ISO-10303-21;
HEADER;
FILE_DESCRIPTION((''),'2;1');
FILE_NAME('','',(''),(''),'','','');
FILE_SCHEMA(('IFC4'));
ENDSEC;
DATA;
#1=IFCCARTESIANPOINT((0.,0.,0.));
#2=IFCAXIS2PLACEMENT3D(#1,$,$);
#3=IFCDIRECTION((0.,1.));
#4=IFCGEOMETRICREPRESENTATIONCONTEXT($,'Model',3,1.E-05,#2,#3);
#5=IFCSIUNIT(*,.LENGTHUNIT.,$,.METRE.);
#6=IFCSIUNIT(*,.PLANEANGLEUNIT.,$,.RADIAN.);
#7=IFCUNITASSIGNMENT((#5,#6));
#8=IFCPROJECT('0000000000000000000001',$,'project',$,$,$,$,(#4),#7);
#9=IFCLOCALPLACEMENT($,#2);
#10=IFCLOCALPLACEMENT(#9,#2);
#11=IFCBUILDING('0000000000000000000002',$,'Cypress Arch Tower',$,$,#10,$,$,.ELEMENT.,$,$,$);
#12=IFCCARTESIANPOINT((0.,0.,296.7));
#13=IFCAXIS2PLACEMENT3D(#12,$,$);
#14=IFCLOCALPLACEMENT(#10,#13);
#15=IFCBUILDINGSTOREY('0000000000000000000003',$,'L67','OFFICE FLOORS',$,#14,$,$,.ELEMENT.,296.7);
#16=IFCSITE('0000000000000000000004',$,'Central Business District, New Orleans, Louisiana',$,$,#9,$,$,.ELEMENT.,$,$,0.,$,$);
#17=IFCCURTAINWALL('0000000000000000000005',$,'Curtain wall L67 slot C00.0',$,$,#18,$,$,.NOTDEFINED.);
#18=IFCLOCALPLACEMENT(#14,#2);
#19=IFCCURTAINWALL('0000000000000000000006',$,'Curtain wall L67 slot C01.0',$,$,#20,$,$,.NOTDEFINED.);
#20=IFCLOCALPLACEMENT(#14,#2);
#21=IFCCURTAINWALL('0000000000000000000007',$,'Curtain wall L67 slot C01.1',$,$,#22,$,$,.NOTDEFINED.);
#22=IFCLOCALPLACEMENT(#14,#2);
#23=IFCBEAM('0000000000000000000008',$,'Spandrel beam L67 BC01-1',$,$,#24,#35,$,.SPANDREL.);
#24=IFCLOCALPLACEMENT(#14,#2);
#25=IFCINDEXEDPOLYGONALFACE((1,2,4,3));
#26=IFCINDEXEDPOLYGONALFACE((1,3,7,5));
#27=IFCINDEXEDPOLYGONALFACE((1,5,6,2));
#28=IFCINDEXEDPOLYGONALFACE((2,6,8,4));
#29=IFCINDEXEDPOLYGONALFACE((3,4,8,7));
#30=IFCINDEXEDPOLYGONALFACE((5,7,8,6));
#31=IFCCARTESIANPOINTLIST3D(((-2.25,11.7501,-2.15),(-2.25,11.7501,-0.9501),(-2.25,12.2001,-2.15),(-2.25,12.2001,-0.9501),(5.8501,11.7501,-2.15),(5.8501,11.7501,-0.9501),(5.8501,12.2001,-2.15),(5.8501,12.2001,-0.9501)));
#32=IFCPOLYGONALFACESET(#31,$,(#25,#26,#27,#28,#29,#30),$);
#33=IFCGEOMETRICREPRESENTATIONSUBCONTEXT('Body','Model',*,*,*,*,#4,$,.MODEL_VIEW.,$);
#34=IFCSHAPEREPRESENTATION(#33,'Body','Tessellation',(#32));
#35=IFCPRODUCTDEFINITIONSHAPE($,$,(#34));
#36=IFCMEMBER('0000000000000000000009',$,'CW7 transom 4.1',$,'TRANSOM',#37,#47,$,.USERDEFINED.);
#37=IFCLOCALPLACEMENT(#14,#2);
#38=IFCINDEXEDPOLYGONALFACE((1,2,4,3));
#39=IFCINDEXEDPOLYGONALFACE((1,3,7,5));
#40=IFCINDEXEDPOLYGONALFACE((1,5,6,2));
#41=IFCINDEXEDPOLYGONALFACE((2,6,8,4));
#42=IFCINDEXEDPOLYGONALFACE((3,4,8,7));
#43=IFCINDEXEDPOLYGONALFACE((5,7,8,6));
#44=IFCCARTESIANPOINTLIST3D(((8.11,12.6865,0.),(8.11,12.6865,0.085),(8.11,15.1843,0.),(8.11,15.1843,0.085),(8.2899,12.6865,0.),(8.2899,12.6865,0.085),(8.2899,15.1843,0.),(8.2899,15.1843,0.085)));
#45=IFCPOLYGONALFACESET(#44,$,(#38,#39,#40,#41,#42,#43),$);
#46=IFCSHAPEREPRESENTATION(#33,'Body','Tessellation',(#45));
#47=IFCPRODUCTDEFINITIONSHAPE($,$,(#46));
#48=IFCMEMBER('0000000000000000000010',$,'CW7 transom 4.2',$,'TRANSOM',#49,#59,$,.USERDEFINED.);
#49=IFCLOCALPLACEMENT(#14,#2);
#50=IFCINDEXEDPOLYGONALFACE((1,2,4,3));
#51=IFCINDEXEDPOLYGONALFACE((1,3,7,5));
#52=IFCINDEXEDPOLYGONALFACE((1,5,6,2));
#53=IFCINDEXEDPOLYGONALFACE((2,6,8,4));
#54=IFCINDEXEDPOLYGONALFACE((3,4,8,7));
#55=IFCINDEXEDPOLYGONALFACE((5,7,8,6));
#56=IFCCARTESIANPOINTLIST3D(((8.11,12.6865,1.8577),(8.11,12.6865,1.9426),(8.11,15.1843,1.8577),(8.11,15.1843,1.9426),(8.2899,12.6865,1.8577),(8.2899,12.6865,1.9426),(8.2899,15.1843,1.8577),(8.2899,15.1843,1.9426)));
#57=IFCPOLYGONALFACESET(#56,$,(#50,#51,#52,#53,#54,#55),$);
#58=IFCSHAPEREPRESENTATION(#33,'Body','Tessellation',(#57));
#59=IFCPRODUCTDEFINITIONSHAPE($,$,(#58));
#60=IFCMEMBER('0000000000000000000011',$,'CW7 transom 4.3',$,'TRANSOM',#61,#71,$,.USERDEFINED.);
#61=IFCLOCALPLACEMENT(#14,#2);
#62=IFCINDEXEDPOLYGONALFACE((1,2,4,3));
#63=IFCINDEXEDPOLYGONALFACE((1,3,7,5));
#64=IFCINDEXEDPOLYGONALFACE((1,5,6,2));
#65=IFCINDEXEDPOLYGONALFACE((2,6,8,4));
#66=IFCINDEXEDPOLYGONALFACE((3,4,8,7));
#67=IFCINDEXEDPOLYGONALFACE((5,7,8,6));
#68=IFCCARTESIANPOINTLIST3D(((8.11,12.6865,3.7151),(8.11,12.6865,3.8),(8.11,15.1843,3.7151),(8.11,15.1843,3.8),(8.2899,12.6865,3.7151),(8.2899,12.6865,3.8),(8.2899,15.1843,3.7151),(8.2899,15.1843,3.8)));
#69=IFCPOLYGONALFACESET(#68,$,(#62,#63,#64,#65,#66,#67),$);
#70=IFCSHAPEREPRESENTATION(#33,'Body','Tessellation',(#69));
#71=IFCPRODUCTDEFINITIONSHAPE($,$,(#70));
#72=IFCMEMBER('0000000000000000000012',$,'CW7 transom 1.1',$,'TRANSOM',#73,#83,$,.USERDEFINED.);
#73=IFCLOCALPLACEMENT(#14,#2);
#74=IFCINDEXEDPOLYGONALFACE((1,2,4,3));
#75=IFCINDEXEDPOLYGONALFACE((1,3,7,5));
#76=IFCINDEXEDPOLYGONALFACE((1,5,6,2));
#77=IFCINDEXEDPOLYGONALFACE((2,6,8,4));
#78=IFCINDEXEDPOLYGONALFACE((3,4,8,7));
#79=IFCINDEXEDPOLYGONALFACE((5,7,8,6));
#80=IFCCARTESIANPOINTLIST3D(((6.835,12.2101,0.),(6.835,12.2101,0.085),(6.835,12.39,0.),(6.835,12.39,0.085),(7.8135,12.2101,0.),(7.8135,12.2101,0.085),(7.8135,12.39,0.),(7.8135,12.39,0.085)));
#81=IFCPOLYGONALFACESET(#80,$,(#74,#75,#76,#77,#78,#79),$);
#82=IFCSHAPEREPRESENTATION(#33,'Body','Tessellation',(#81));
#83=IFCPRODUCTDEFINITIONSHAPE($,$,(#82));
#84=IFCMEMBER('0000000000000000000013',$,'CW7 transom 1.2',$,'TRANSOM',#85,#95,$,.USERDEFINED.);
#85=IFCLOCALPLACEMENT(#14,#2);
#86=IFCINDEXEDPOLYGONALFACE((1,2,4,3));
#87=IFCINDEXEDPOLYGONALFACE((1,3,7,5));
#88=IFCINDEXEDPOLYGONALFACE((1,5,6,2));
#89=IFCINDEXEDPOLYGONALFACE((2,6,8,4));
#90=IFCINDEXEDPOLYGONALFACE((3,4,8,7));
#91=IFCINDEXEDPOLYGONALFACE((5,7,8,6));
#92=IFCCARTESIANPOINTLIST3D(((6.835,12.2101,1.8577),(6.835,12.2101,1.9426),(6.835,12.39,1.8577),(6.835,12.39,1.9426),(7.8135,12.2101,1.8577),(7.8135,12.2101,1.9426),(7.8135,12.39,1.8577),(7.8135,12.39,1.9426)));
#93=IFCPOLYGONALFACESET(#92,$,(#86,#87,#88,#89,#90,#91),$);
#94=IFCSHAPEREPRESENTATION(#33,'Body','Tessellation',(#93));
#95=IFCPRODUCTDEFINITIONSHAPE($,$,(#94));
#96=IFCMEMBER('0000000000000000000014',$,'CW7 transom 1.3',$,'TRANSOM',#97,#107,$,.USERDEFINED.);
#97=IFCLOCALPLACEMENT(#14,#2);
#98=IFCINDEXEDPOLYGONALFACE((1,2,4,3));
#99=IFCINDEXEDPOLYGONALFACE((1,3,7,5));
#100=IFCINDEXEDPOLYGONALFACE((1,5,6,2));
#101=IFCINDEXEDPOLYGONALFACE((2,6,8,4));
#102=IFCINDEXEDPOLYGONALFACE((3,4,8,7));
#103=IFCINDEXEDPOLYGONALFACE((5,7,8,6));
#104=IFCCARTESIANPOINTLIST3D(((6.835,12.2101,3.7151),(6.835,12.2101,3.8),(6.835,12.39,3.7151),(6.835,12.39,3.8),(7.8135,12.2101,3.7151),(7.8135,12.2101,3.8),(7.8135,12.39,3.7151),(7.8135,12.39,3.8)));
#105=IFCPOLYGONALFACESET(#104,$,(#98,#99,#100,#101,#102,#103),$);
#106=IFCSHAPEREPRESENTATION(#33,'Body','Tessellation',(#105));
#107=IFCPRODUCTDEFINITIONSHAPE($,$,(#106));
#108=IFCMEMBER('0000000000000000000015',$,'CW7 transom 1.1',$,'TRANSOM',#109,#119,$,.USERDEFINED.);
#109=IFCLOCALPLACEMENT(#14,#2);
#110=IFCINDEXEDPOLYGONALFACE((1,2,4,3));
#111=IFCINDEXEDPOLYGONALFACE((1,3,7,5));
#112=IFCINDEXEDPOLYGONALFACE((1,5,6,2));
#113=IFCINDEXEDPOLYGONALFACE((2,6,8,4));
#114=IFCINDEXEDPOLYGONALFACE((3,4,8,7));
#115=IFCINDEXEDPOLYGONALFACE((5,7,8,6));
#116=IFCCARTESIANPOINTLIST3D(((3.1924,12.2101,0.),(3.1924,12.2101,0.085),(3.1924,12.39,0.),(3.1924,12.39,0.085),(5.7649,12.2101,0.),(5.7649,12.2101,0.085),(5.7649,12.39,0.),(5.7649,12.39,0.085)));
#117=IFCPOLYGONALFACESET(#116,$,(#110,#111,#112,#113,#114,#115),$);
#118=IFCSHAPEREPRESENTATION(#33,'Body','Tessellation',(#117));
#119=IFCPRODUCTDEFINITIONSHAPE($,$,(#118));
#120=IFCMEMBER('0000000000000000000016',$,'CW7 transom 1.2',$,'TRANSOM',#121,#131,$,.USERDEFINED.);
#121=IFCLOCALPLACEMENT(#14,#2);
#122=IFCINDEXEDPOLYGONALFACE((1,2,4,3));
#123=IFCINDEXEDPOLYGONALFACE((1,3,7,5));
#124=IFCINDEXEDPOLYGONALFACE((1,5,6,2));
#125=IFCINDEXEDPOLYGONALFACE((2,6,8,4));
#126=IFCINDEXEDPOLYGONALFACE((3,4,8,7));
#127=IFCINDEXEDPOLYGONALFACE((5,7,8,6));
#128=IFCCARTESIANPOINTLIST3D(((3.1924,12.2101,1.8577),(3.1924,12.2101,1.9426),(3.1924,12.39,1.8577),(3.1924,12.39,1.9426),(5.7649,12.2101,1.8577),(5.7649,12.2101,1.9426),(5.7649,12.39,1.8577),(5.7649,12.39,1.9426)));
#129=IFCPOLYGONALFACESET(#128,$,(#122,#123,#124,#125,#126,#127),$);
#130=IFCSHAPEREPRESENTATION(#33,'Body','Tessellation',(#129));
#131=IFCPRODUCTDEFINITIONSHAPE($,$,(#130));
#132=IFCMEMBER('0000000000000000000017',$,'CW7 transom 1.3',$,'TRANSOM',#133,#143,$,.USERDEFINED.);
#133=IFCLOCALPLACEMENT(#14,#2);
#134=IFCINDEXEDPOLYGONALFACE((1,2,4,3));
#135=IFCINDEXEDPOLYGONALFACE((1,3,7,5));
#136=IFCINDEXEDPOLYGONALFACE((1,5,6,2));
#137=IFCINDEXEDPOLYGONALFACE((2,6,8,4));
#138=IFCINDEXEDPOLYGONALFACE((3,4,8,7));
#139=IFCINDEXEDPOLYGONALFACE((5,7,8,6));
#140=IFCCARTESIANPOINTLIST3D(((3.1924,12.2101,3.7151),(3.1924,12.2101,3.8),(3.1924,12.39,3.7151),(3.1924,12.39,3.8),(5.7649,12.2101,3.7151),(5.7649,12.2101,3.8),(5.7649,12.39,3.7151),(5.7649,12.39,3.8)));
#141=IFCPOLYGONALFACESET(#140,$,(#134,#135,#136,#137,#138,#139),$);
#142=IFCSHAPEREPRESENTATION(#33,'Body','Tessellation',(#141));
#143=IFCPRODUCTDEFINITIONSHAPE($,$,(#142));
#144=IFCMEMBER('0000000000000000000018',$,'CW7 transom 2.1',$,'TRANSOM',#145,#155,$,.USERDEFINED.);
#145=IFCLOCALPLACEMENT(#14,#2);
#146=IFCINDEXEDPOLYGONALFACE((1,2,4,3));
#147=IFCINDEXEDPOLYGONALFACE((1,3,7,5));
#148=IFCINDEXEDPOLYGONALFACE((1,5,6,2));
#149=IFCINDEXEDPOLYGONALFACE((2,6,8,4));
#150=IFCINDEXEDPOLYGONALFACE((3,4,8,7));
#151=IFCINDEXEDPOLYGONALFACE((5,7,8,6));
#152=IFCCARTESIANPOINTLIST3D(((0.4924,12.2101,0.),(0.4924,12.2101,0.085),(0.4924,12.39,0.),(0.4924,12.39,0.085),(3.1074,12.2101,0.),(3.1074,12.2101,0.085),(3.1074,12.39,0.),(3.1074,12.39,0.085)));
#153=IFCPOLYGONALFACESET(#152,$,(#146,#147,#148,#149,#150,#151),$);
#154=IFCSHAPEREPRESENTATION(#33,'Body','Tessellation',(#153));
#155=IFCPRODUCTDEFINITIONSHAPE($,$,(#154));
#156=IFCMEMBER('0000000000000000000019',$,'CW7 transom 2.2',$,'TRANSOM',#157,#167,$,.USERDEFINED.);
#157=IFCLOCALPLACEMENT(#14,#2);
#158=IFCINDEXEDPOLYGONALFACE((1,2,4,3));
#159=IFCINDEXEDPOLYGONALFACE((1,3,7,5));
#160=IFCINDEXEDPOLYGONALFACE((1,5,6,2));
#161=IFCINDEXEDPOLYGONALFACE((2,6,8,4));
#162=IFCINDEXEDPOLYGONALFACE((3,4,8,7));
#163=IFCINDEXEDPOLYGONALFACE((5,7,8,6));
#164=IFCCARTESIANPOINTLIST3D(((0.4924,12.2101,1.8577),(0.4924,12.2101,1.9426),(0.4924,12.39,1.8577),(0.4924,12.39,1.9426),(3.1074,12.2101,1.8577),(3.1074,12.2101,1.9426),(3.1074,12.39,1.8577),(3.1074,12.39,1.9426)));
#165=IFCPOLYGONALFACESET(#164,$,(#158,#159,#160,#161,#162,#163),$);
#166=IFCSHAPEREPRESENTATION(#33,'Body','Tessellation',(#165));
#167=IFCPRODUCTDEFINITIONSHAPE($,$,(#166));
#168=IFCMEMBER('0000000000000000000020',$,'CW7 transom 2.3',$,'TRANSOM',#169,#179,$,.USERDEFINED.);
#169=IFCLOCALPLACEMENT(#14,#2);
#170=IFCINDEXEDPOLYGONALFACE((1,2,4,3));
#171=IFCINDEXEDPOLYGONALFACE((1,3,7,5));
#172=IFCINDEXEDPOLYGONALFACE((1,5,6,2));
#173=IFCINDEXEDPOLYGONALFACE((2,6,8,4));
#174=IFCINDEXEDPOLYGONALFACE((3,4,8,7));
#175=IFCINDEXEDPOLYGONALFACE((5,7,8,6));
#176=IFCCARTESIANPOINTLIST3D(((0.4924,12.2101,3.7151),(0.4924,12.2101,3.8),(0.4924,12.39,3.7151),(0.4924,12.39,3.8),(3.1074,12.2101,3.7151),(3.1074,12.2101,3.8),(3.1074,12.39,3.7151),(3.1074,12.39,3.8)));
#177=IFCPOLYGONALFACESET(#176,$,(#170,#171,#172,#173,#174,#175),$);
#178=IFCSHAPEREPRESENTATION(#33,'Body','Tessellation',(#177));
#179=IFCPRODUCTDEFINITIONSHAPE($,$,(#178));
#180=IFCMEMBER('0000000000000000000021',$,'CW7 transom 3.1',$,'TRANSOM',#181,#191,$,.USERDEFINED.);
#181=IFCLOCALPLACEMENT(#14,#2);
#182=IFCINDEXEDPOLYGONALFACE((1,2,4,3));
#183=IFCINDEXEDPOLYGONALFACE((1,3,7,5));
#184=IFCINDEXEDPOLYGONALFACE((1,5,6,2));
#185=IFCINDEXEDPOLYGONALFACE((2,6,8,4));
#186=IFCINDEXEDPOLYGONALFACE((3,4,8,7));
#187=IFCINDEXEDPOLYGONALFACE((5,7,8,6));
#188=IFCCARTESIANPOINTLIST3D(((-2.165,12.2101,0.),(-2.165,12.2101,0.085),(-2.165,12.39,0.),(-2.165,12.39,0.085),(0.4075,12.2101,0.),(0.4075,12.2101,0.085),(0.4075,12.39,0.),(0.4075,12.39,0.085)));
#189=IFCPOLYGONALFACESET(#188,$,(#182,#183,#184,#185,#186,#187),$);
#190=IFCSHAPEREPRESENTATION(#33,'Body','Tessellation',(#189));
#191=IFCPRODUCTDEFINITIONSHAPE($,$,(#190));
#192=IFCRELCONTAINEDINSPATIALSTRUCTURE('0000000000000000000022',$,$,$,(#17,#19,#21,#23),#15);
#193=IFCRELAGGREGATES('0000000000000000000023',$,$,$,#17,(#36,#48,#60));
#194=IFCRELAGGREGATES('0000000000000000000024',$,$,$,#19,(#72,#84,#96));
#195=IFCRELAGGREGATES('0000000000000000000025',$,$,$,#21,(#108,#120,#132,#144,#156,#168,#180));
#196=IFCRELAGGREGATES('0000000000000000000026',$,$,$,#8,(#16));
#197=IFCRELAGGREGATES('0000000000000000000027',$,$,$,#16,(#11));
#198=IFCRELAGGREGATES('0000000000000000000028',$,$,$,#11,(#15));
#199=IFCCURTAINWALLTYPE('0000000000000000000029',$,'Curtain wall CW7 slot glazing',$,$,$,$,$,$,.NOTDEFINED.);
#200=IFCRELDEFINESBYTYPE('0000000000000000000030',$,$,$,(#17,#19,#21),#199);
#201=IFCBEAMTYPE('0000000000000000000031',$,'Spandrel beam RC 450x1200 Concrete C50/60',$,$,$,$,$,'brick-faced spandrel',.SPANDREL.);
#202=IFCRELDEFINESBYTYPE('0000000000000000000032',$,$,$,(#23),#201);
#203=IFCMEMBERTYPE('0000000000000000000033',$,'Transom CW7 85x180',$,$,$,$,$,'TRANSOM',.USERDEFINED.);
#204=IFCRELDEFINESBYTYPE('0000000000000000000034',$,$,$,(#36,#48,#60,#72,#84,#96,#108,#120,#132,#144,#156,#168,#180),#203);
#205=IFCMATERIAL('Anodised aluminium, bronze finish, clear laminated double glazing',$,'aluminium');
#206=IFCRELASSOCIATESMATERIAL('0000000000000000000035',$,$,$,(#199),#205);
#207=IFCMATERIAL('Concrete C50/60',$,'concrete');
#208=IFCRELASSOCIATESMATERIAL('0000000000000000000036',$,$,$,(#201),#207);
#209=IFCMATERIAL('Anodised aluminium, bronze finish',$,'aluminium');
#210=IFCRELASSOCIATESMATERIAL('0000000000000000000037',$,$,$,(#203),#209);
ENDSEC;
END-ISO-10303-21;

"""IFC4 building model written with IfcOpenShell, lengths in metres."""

from ifc_helpers import new_model, si_unit, direction, frame, origin, origin_2d, place, context, subcontext, project, spatial, rectangle, extrude, material, material_profile, profile_set, type_object, element, aggregate, save


model = new_model("IFC4")

# Units and contexts
model_context = context("Model", 3, precision=1e-05, world=origin(), true_north=direction((0.0, 1.0)))
body_context = subcontext(model_context, "Body", "Model", "MODEL_VIEW")
ifc_project = project(units=[si_unit("LENGTHUNIT", "METRE"), si_unit("PLANEANGLEUNIT", "RADIAN")], contexts=[model_context])

# Site, building, storey
site_placement = place(None, origin())
site = spatial("IfcSite", under=ifc_project, at=site_placement, Name="Central Business District, New Orleans, Louisiana", CompositionType="ELEMENT", RefElevation=0.0)
building_placement = place(site_placement, origin())
building = spatial("IfcBuilding", under=site, at=building_placement, Name="Cypress Arch Tower", CompositionType="ELEMENT")
storey_placement = place(building_placement, frame((0.0, 0.0, 296.7)))
storey = spatial("IfcBuildingStorey", under=building, at=storey_placement, Name="L67", Description="OFFICE FLOORS", CompositionType="ELEMENT", Elevation=296.7)

# Curtain walls
ifc_material_1 = material(Name="Anodised aluminium, bronze finish, clear laminated double glazing", Category="aluminium")
curtain_wall_type = type_object("IfcCurtainWallType", Name="Curtain wall CW7 slot glazing", PredefinedType="NOTDEFINED", material=ifc_material_1)
curtain_wall_1_placement = place(storey_placement, origin())
curtain_wall_1 = element("IfcCurtainWall", 1, at=curtain_wall_1_placement, inside=storey, type_object=curtain_wall_type, Name="Curtain wall L67 slot C00.0", PredefinedType="NOTDEFINED")
curtain_wall_2_placement = place(storey_placement, origin())
curtain_wall_2 = element("IfcCurtainWall", 2, at=curtain_wall_2_placement, inside=storey, type_object=curtain_wall_type, Name="Curtain wall L67 slot C01.0", PredefinedType="NOTDEFINED")
curtain_wall_3_placement = place(storey_placement, origin())
curtain_wall_3 = element("IfcCurtainWall", 3, at=curtain_wall_3_placement, inside=storey, type_object=curtain_wall_type, Name="Curtain wall L67 slot C01.1", PredefinedType="NOTDEFINED")

# Beam
ifc_material_2 = material(Name="Concrete C50/60", Category="concrete")
ifc_material_profile_1 = material_profile(ifc_material_2, rectangle(XDim=0.45, YDim=1.2, at=origin_2d()), Name="RC 450x1200")
ifc_profile_set_1 = profile_set([ifc_material_profile_1], Name="Concrete C50/60")
beam_type_1 = type_object("IfcBeamType", Name="Spandrel beam RC 450x1200 Concrete C50/60", ElementType="brick-faced spandrel", PredefinedType="SPANDREL", material=ifc_profile_set_1)
beam_1_placement = place(storey_placement, frame((5.8501, 11.9751, -1.55), z_axis=(-1.0, 0.0, 0.0), x_axis=(0.0, -1.0, 0.0)))
element("IfcBeam", 4, at=beam_1_placement, inside=storey, type_object=beam_type_1, Name="Spandrel beam L67 BC01-1", PredefinedType="SPANDREL", context=body_context, shape_type="SweptSolid", body=[
    extrude(rectangle(XDim=0.45, YDim=1.2, at=origin_2d()), origin(), (0.0, 0.0, 1.0), 8.1001),
])

# Members
ifc_material_3 = material(Name="Anodised aluminium, bronze finish", Category="aluminium")
ifc_material_profile_2 = material_profile(ifc_material_3, rectangle(XDim=0.1799, YDim=0.085, at=origin_2d()), Name="Transom 85x180")
ifc_profile_set_2 = profile_set([ifc_material_profile_2], Name="Anodised aluminium, bronze finish")
member_type_1 = type_object("IfcMemberType", Name="Transom CW7 85x180", ElementType="TRANSOM", PredefinedType="USERDEFINED", material=ifc_profile_set_2)
member_1_placement = place(storey_placement, frame((8.2, 15.1843, 0.0425), z_axis=(0.0, -1.0, 0.0), x_axis=(1.0, 0.0, 0.0)))
member_1 = element("IfcMember", 5, at=member_1_placement, type_object=member_type_1, Name="CW7 transom 4.1", ObjectType="TRANSOM", PredefinedType="USERDEFINED", context=body_context, shape_type="SweptSolid", body=[
    extrude(rectangle(XDim=0.1799, YDim=0.085, at=origin_2d()), origin(), (0.0, 0.0, 1.0), 2.4978),
])
member_2_placement = place(storey_placement, frame((8.2, 15.1843, 1.9001), z_axis=(0.0, -1.0, 0.0), x_axis=(1.0, 0.0, 0.0)))
member_2 = element("IfcMember", 6, at=member_2_placement, type_object=member_type_1, Name="CW7 transom 4.2", ObjectType="TRANSOM", PredefinedType="USERDEFINED", context=body_context, shape_type="SweptSolid", body=[
    extrude(rectangle(XDim=0.1799, YDim=0.085, at=origin_2d()), origin(), (0.0, 0.0, 1.0), 2.4978),
])
member_3_placement = place(storey_placement, frame((8.2, 15.1843, 3.7576), z_axis=(0.0, -1.0, 0.0), x_axis=(1.0, 0.0, 0.0)))
member_3 = element("IfcMember", 7, at=member_3_placement, type_object=member_type_1, Name="CW7 transom 4.3", ObjectType="TRANSOM", PredefinedType="USERDEFINED", context=body_context, shape_type="SweptSolid", body=[
    extrude(rectangle(XDim=0.1799, YDim=0.085, at=origin_2d()), origin(), (0.0, 0.0, 1.0), 2.4978),
])
member_4_placement = place(storey_placement, frame((7.8135, 12.3, 0.0425), z_axis=(-1.0, 0.0, 0.0), x_axis=(0.0, -1.0, 0.0)))
member_4 = element("IfcMember", 8, at=member_4_placement, type_object=member_type_1, Name="CW7 transom 1.1", ObjectType="TRANSOM", PredefinedType="USERDEFINED", context=body_context, shape_type="SweptSolid", body=[
    extrude(rectangle(XDim=0.1799, YDim=0.085, at=origin_2d()), origin(), (0.0, 0.0, 1.0), 0.9785),
])
member_5_placement = place(storey_placement, frame((7.8135, 12.3, 1.9001), z_axis=(-1.0, 0.0, 0.0), x_axis=(0.0, -1.0, 0.0)))
member_5 = element("IfcMember", 9, at=member_5_placement, type_object=member_type_1, Name="CW7 transom 1.2", ObjectType="TRANSOM", PredefinedType="USERDEFINED", context=body_context, shape_type="SweptSolid", body=[
    extrude(rectangle(XDim=0.1799, YDim=0.085, at=origin_2d()), origin(), (0.0, 0.0, 1.0), 0.9785),
])
member_6_placement = place(storey_placement, frame((7.8135, 12.3, 3.7576), z_axis=(-1.0, 0.0, 0.0), x_axis=(0.0, -1.0, 0.0)))
member_6 = element("IfcMember", 10, at=member_6_placement, type_object=member_type_1, Name="CW7 transom 1.3", ObjectType="TRANSOM", PredefinedType="USERDEFINED", context=body_context, shape_type="SweptSolid", body=[
    extrude(rectangle(XDim=0.1799, YDim=0.085, at=origin_2d()), origin(), (0.0, 0.0, 1.0), 0.9785),
])
member_7_placement = place(storey_placement, frame((5.7649, 12.3, 0.0425), z_axis=(-1.0, 0.0, 0.0), x_axis=(0.0, -1.0, 0.0)))
member_7 = element("IfcMember", 11, at=member_7_placement, type_object=member_type_1, Name="CW7 transom 1.1", ObjectType="TRANSOM", PredefinedType="USERDEFINED", context=body_context, shape_type="SweptSolid", body=[
    extrude(rectangle(XDim=0.1799, YDim=0.085, at=origin_2d()), origin(), (0.0, 0.0, 1.0), 2.5725),
])
member_8_placement = place(storey_placement, frame((5.7649, 12.3, 1.9001), z_axis=(-1.0, 0.0, 0.0), x_axis=(0.0, -1.0, 0.0)))
member_8 = element("IfcMember", 12, at=member_8_placement, type_object=member_type_1, Name="CW7 transom 1.2", ObjectType="TRANSOM", PredefinedType="USERDEFINED", context=body_context, shape_type="SweptSolid", body=[
    extrude(rectangle(XDim=0.1799, YDim=0.085, at=origin_2d()), origin(), (0.0, 0.0, 1.0), 2.5725),
])
member_9_placement = place(storey_placement, frame((5.7649, 12.3, 3.7576), z_axis=(-1.0, 0.0, 0.0), x_axis=(0.0, -1.0, 0.0)))
member_9 = element("IfcMember", 13, at=member_9_placement, type_object=member_type_1, Name="CW7 transom 1.3", ObjectType="TRANSOM", PredefinedType="USERDEFINED", context=body_context, shape_type="SweptSolid", body=[
    extrude(rectangle(XDim=0.1799, YDim=0.085, at=origin_2d()), origin(), (0.0, 0.0, 1.0), 2.5725),
])
member_10_placement = place(storey_placement, frame((3.1074, 12.3, 0.0425), z_axis=(-1.0, 0.0, 0.0), x_axis=(0.0, -1.0, 0.0)))
member_10 = element("IfcMember", 14, at=member_10_placement, type_object=member_type_1, Name="CW7 transom 2.1", ObjectType="TRANSOM", PredefinedType="USERDEFINED", context=body_context, shape_type="SweptSolid", body=[
    extrude(rectangle(XDim=0.1799, YDim=0.085, at=origin_2d()), origin(), (0.0, 0.0, 1.0), 2.615),
])
member_11_placement = place(storey_placement, frame((3.1074, 12.3, 1.9001), z_axis=(-1.0, 0.0, 0.0), x_axis=(0.0, -1.0, 0.0)))
member_11 = element("IfcMember", 15, at=member_11_placement, type_object=member_type_1, Name="CW7 transom 2.2", ObjectType="TRANSOM", PredefinedType="USERDEFINED", context=body_context, shape_type="SweptSolid", body=[
    extrude(rectangle(XDim=0.1799, YDim=0.085, at=origin_2d()), origin(), (0.0, 0.0, 1.0), 2.615),
])
member_12_placement = place(storey_placement, frame((3.1074, 12.3, 3.7576), z_axis=(-1.0, 0.0, 0.0), x_axis=(0.0, -1.0, 0.0)))
member_12 = element("IfcMember", 16, at=member_12_placement, type_object=member_type_1, Name="CW7 transom 2.3", ObjectType="TRANSOM", PredefinedType="USERDEFINED", context=body_context, shape_type="SweptSolid", body=[
    extrude(rectangle(XDim=0.1799, YDim=0.085, at=origin_2d()), origin(), (0.0, 0.0, 1.0), 2.615),
])
member_13_placement = place(storey_placement, frame((0.4075, 12.3, 0.0425), z_axis=(-1.0, 0.0, 0.0), x_axis=(0.0, -1.0, 0.0)))
member_13 = element("IfcMember", 17, at=member_13_placement, type_object=member_type_1, Name="CW7 transom 3.1", ObjectType="TRANSOM", PredefinedType="USERDEFINED", context=body_context, shape_type="SweptSolid", body=[
    extrude(rectangle(XDim=0.1799, YDim=0.085, at=origin_2d()), origin(), (0.0, 0.0, 1.0), 2.5725),
])

aggregate(curtain_wall_1, [member_1, member_2, member_3])
aggregate(curtain_wall_2, [member_4, member_5, member_6])
aggregate(curtain_wall_3, [member_7, member_8, member_9, member_10, member_11, member_12, member_13])

save(model, "model.ifc")
